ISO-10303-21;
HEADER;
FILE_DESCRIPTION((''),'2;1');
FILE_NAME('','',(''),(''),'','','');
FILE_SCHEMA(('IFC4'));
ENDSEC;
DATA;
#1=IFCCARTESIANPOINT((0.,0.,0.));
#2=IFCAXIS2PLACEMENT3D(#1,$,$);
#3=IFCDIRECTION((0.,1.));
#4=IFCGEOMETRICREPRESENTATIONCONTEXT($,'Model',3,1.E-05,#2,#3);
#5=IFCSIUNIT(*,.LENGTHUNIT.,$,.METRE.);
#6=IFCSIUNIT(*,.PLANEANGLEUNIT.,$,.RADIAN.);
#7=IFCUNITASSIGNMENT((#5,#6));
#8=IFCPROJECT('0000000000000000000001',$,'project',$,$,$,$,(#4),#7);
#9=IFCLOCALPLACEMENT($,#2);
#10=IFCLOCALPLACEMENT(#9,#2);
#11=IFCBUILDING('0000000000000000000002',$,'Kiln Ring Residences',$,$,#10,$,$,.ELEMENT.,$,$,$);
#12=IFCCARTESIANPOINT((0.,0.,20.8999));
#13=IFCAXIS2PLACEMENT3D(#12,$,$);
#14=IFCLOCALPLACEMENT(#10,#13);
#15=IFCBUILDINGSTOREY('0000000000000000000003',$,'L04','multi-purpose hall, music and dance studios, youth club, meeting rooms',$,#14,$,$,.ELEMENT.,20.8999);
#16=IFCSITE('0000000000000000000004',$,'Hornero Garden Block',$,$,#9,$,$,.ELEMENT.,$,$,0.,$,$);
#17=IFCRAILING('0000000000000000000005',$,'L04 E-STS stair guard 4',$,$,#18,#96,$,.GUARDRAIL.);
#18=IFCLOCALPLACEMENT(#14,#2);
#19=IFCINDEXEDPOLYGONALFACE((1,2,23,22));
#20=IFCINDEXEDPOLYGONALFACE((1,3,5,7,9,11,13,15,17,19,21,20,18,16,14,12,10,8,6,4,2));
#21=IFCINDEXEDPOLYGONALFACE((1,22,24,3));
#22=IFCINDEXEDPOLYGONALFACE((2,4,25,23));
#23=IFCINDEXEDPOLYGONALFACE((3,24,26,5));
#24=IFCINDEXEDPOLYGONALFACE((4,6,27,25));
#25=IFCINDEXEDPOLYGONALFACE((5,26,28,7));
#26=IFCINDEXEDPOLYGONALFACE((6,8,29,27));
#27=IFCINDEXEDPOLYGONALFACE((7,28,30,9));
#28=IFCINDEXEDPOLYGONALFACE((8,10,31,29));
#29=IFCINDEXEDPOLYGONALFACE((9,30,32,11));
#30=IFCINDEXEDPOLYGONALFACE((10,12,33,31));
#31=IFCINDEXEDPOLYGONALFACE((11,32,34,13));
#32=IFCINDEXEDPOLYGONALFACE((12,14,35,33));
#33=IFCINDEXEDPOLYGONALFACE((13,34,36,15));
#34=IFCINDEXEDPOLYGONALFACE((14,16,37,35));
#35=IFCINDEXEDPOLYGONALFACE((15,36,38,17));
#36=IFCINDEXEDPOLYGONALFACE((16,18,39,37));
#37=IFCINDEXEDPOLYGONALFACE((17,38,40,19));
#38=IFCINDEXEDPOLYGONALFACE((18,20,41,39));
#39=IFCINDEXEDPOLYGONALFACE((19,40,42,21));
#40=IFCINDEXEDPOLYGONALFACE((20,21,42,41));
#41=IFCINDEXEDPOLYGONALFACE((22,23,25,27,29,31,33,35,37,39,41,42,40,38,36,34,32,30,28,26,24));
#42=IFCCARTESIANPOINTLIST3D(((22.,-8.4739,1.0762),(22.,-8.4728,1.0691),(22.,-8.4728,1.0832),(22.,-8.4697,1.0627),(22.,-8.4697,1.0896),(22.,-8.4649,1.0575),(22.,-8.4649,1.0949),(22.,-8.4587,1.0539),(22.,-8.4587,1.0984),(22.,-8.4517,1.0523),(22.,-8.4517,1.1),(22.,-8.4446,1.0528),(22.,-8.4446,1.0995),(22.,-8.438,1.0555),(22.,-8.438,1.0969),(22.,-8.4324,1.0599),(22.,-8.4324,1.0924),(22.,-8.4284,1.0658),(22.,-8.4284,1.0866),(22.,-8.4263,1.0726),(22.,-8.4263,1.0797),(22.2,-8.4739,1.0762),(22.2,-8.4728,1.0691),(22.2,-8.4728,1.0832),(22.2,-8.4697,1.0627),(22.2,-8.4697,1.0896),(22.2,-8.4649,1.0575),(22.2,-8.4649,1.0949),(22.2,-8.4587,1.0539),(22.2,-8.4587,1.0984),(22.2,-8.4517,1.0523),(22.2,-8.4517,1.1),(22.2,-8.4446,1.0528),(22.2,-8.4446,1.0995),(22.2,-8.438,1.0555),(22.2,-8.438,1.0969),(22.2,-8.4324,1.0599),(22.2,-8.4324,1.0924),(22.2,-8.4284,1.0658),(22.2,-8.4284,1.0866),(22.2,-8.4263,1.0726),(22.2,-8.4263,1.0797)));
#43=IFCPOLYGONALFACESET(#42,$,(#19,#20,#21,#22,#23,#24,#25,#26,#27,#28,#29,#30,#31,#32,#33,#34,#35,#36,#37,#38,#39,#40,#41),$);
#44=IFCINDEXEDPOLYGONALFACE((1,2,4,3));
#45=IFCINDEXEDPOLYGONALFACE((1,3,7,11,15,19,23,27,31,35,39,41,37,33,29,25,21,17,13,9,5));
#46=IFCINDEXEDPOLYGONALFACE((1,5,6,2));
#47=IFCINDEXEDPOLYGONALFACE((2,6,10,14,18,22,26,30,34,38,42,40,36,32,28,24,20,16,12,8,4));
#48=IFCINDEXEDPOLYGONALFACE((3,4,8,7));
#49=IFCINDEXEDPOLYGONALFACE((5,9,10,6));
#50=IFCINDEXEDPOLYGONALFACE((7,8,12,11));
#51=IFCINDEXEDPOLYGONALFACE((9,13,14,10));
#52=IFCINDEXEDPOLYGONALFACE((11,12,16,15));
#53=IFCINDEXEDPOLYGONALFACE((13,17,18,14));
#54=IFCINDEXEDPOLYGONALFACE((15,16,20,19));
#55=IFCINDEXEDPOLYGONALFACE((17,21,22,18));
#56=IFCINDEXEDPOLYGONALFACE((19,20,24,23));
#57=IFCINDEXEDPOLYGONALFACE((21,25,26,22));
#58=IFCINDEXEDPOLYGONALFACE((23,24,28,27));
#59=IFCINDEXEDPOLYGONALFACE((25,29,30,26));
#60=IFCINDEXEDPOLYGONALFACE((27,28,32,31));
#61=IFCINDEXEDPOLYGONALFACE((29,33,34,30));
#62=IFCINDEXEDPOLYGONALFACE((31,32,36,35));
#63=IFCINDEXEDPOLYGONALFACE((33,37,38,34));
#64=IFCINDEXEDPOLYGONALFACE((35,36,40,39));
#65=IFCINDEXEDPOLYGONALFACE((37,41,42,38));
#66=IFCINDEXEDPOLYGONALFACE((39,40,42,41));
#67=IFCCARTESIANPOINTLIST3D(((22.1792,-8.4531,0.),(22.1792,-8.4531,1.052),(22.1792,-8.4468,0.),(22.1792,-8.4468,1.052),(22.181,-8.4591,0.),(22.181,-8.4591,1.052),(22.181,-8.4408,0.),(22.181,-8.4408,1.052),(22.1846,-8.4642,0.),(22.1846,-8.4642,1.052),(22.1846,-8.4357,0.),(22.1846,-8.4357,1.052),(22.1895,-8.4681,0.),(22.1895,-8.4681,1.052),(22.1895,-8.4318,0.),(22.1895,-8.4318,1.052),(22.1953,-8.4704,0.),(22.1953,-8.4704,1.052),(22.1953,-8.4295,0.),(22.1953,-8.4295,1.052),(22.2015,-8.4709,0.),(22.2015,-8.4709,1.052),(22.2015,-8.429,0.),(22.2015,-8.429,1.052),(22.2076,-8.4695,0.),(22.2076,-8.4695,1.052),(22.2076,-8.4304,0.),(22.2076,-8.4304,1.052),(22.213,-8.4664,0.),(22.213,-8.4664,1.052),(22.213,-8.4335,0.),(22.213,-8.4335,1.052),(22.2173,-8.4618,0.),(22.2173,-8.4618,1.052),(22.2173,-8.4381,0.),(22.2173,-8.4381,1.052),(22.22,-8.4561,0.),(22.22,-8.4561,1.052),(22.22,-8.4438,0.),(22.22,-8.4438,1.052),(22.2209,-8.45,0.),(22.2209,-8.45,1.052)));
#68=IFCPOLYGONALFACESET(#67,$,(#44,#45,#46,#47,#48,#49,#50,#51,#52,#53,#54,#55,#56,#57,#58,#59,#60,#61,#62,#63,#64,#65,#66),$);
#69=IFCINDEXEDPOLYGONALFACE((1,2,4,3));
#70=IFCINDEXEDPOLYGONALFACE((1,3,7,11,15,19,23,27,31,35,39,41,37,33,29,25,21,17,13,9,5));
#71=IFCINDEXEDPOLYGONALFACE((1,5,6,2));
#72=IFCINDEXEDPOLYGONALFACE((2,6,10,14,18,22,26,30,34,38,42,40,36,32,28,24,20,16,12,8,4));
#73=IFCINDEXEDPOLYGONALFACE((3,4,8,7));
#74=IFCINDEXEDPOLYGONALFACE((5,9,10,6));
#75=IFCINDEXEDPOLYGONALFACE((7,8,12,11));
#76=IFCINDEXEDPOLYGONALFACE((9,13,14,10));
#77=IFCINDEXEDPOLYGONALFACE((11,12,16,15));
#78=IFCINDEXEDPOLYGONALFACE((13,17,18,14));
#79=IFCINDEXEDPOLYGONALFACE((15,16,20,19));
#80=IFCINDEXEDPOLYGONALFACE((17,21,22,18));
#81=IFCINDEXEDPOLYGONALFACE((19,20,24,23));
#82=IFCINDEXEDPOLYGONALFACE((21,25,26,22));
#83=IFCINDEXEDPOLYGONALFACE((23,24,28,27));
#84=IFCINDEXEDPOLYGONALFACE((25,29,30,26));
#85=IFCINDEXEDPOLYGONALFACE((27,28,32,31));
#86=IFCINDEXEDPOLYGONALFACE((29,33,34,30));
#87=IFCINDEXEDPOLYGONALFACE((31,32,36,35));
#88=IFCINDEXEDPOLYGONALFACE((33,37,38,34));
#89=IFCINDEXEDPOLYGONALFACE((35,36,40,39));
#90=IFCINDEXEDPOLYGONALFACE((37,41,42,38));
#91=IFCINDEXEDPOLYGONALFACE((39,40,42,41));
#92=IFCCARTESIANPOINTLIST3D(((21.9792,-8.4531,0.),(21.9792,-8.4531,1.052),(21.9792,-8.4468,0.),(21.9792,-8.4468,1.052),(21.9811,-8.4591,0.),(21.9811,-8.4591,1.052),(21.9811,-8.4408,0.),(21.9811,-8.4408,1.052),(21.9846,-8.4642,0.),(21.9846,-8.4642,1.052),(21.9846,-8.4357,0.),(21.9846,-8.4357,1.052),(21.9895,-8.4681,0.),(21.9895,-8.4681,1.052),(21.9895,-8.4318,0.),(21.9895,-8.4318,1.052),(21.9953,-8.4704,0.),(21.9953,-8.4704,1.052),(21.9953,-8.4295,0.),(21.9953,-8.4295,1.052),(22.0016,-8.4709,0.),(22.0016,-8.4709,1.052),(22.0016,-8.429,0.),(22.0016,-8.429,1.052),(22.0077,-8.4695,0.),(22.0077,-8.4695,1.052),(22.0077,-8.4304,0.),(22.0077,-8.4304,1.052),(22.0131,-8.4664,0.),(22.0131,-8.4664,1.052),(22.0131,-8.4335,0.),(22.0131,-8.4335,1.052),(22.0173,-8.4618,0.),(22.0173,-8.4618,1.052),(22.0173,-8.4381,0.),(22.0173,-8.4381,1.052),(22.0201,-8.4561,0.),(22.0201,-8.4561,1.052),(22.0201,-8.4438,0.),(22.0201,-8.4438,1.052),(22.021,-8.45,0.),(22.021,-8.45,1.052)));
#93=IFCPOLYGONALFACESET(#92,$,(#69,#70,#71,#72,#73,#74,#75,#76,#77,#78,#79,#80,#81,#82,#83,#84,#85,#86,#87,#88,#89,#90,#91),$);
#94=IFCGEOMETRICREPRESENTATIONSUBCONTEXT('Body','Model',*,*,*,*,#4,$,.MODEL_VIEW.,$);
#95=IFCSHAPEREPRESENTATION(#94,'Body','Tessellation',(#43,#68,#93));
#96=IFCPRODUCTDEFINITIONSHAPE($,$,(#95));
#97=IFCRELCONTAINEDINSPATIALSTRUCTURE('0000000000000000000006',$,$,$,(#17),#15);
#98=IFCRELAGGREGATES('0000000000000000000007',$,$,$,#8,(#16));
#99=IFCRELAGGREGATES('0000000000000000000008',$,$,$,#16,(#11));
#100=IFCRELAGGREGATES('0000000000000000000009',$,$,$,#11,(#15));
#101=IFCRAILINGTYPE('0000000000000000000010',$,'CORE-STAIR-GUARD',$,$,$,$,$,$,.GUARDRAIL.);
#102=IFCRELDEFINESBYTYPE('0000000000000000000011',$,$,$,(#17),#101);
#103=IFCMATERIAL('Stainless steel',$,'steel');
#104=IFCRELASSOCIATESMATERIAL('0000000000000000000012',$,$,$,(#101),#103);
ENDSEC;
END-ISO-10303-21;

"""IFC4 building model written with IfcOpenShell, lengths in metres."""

from ifc_helpers import new_model, si_unit, direction, frame, origin, origin_2d, place, context, subcontext, project, spatial, circle, extrude, material, type_object, element, save


model = new_model("IFC4")

# Units and contexts
model_context = context("Model", 3, precision=1e-05, world=origin(), true_north=direction((0.0, 1.0)))
body_context = subcontext(model_context, "Body", "Model", "MODEL_VIEW")
ifc_project = project(units=[si_unit("LENGTHUNIT", "METRE"), si_unit("PLANEANGLEUNIT", "RADIAN")], contexts=[model_context])

# Site, building, storey
site_placement = place(None, origin())
site = spatial("IfcSite", under=ifc_project, at=site_placement, Name="Hornero Garden Block", CompositionType="ELEMENT", RefElevation=0.0)
building_placement = place(site_placement, origin())
building = spatial("IfcBuilding", under=site, at=building_placement, Name="Kiln Ring Residences", CompositionType="ELEMENT")
storey_placement = place(building_placement, frame((0.0, 0.0, 20.8999)))
storey = spatial("IfcBuildingStorey", under=building, at=storey_placement, Name="L04", Description="multi-purpose hall, music and dance studios, youth club, meeting rooms", CompositionType="ELEMENT", Elevation=20.8999)

# Railing
ifc_material_1 = material(Name="Stainless steel", Category="steel")
railing_type_1 = type_object("IfcRailingType", Name="CORE-STAIR-GUARD", PredefinedType="GUARDRAIL", material=ifc_material_1)
railing_1_placement = place(storey_placement, frame((22.2, -8.45, 0.0)))
element("IfcRailing", 1, at=railing_1_placement, inside=storey, type_object=railing_type_1, Name="L04 E-STS stair guard 4", PredefinedType="GUARDRAIL", context=body_context, shape_type="SweptSolid", body=[
    extrude(circle(Radius=0.0239, at=origin_2d()), frame((0.0, 0.0, 1.0762), z_axis=(-1.0, 0.0, 0.0), x_axis=(0.0, -1.0, 0.0)), (0.0, 0.0, 1.0), 0.2),
    extrude(circle(Radius=0.021, at=origin_2d()), origin(), (0.0, 0.0, 1.0), 1.052),
    extrude(circle(Radius=0.021, at=origin_2d()), frame((-0.2, 0.0, 0.0)), (0.0, 0.0, 1.0), 1.052),
])

save(model, "model.ifc")
